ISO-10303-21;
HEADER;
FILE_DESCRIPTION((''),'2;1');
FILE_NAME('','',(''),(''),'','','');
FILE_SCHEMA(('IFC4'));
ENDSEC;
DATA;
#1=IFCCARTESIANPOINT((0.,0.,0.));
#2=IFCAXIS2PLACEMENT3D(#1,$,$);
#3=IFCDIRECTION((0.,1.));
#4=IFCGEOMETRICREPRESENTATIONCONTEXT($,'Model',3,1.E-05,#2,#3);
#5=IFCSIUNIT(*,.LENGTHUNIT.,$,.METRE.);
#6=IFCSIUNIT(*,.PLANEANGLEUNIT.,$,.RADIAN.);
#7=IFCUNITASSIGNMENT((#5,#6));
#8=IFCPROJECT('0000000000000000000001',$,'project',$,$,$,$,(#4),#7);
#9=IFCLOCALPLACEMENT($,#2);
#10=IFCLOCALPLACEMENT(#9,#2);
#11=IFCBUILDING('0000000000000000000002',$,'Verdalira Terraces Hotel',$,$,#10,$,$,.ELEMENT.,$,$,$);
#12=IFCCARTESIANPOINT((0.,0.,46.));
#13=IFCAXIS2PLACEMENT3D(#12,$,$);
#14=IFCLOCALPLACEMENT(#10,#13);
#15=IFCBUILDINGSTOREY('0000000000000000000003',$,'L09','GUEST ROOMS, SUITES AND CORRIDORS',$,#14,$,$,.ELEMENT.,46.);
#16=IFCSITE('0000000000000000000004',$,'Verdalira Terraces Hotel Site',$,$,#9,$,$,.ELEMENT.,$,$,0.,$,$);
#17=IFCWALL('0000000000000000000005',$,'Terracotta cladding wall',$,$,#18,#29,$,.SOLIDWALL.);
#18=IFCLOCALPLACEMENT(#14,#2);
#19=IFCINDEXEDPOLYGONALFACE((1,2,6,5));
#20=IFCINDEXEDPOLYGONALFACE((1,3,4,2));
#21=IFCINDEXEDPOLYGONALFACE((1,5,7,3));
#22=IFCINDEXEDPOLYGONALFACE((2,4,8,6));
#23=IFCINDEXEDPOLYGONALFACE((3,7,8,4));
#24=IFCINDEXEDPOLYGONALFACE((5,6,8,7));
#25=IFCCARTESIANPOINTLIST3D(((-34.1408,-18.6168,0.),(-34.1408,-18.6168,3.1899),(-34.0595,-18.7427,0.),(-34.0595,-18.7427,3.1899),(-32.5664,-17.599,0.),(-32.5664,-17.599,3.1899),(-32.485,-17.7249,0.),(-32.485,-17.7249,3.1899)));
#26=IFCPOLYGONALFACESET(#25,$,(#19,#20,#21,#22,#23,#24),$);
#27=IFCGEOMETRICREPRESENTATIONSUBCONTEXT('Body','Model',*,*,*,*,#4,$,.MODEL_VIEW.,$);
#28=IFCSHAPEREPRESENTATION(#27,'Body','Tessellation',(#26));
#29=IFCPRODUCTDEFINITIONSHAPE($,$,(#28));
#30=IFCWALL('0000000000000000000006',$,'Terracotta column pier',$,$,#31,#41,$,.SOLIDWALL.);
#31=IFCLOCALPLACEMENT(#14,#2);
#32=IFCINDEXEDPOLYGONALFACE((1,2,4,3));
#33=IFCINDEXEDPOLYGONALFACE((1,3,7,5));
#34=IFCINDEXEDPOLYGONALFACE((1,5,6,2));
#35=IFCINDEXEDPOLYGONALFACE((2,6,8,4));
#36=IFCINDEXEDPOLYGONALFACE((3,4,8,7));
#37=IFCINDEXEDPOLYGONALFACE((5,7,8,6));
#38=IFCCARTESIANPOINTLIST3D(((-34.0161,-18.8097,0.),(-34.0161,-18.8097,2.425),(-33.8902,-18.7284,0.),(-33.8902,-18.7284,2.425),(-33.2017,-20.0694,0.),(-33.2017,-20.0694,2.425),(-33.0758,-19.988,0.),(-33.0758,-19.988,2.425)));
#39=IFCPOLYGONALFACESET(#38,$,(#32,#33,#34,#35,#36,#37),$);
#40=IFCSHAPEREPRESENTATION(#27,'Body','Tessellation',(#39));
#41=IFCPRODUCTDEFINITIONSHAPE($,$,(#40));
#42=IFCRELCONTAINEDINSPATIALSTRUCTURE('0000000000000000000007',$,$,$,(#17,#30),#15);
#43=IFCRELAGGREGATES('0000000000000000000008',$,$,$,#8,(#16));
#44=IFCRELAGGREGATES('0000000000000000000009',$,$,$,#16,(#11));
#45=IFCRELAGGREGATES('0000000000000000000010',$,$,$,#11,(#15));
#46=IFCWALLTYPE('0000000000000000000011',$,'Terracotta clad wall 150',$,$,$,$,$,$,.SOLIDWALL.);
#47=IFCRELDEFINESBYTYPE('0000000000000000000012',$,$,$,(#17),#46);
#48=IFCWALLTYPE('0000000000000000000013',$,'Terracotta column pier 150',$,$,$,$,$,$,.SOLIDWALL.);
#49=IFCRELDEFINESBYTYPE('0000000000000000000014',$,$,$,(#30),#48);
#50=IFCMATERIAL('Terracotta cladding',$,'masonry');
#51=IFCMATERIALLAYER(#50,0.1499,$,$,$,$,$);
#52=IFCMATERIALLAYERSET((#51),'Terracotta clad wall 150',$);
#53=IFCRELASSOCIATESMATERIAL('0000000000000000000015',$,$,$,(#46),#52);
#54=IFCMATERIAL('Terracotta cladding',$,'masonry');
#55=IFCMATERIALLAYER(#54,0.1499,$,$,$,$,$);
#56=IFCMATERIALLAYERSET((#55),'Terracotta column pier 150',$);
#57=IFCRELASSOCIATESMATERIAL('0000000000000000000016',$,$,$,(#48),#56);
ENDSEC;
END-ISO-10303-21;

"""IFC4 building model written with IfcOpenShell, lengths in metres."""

from ifc_helpers import new_model, si_unit, direction, frame, frame_2d, origin, place, context, subcontext, project, spatial, rectangle, extrude, material, layer, layer_set, type_object, element, save


model = new_model("IFC4")

# Units and contexts
model_context = context("Model", 3, precision=1e-05, world=origin(), true_north=direction((0.0, 1.0)))
body_context = subcontext(model_context, "Body", "Model", "MODEL_VIEW")
ifc_project = project(units=[si_unit("LENGTHUNIT", "METRE"), si_unit("PLANEANGLEUNIT", "RADIAN")], contexts=[model_context])

# Site, building, storey
site_placement = place(None, origin())
site = spatial("IfcSite", under=ifc_project, at=site_placement, Name="Verdalira Terraces Hotel Site", CompositionType="ELEMENT", RefElevation=0.0)
building_placement = place(site_placement, origin())
building = spatial("IfcBuilding", under=site, at=building_placement, Name="Verdalira Terraces Hotel", CompositionType="ELEMENT")
storey_placement = place(building_placement, frame((0.0, 0.0, 46.0)))
storey = spatial("IfcBuildingStorey", under=building, at=storey_placement, Name="L09", Description="GUEST ROOMS, SUITES AND CORRIDORS", CompositionType="ELEMENT", Elevation=46.0)

# Walls
ifc_material_1 = material(Name="Terracotta cladding", Category="masonry")
ifc_layer_1 = layer(ifc_material_1, 0.1499)
ifc_layer_set_1 = layer_set([ifc_layer_1], Name="Terracotta clad wall 150")
wall_type_1 = type_object("IfcWallType", Name="Terracotta clad wall 150", PredefinedType="SOLIDWALL", material=ifc_layer_set_1)
wall_1_placement = place(storey_placement, frame((-32.5256, -17.6619, 0.0), z_axis=(0.0, 0.0, 1.0), x_axis=(-0.839801, -0.542895, 0.0)))
element("IfcWall", 1, at=wall_1_placement, inside=storey, type_object=wall_type_1, Name="Terracotta cladding wall", PredefinedType="SOLIDWALL", context=body_context, shape_type="SweptSolid", body=[
    extrude(rectangle(XDim=1.8748, YDim=0.1499, at=frame_2d((0.9375, 0.0))), origin(), (0.0, 0.0, 1.0), 3.1899),
])
ifc_material_2 = material(Name="Terracotta cladding", Category="masonry")
ifc_layer_2 = layer(ifc_material_2, 0.1499)
ifc_layer_set_2 = layer_set([ifc_layer_2], Name="Terracotta column pier 150")
wall_type_2 = type_object("IfcWallType", Name="Terracotta column pier 150", PredefinedType="SOLIDWALL", material=ifc_layer_set_2)
wall_2_placement = place(storey_placement, frame((-33.9531, -18.769, 0.0), z_axis=(0.0, 0.0, 1.0), x_axis=(0.542927, -0.83978, 0.0)))
element("IfcWall", 2, at=wall_2_placement, inside=storey, type_object=wall_type_2, Name="Terracotta column pier", PredefinedType="SOLIDWALL", context=body_context, shape_type="SweptSolid", body=[
    extrude(rectangle(XDim=1.5, YDim=0.1499, at=frame_2d((0.75, 0.0))), origin(), (0.0, 0.0, 1.0), 2.425),
])

save(model, "model.ifc")
